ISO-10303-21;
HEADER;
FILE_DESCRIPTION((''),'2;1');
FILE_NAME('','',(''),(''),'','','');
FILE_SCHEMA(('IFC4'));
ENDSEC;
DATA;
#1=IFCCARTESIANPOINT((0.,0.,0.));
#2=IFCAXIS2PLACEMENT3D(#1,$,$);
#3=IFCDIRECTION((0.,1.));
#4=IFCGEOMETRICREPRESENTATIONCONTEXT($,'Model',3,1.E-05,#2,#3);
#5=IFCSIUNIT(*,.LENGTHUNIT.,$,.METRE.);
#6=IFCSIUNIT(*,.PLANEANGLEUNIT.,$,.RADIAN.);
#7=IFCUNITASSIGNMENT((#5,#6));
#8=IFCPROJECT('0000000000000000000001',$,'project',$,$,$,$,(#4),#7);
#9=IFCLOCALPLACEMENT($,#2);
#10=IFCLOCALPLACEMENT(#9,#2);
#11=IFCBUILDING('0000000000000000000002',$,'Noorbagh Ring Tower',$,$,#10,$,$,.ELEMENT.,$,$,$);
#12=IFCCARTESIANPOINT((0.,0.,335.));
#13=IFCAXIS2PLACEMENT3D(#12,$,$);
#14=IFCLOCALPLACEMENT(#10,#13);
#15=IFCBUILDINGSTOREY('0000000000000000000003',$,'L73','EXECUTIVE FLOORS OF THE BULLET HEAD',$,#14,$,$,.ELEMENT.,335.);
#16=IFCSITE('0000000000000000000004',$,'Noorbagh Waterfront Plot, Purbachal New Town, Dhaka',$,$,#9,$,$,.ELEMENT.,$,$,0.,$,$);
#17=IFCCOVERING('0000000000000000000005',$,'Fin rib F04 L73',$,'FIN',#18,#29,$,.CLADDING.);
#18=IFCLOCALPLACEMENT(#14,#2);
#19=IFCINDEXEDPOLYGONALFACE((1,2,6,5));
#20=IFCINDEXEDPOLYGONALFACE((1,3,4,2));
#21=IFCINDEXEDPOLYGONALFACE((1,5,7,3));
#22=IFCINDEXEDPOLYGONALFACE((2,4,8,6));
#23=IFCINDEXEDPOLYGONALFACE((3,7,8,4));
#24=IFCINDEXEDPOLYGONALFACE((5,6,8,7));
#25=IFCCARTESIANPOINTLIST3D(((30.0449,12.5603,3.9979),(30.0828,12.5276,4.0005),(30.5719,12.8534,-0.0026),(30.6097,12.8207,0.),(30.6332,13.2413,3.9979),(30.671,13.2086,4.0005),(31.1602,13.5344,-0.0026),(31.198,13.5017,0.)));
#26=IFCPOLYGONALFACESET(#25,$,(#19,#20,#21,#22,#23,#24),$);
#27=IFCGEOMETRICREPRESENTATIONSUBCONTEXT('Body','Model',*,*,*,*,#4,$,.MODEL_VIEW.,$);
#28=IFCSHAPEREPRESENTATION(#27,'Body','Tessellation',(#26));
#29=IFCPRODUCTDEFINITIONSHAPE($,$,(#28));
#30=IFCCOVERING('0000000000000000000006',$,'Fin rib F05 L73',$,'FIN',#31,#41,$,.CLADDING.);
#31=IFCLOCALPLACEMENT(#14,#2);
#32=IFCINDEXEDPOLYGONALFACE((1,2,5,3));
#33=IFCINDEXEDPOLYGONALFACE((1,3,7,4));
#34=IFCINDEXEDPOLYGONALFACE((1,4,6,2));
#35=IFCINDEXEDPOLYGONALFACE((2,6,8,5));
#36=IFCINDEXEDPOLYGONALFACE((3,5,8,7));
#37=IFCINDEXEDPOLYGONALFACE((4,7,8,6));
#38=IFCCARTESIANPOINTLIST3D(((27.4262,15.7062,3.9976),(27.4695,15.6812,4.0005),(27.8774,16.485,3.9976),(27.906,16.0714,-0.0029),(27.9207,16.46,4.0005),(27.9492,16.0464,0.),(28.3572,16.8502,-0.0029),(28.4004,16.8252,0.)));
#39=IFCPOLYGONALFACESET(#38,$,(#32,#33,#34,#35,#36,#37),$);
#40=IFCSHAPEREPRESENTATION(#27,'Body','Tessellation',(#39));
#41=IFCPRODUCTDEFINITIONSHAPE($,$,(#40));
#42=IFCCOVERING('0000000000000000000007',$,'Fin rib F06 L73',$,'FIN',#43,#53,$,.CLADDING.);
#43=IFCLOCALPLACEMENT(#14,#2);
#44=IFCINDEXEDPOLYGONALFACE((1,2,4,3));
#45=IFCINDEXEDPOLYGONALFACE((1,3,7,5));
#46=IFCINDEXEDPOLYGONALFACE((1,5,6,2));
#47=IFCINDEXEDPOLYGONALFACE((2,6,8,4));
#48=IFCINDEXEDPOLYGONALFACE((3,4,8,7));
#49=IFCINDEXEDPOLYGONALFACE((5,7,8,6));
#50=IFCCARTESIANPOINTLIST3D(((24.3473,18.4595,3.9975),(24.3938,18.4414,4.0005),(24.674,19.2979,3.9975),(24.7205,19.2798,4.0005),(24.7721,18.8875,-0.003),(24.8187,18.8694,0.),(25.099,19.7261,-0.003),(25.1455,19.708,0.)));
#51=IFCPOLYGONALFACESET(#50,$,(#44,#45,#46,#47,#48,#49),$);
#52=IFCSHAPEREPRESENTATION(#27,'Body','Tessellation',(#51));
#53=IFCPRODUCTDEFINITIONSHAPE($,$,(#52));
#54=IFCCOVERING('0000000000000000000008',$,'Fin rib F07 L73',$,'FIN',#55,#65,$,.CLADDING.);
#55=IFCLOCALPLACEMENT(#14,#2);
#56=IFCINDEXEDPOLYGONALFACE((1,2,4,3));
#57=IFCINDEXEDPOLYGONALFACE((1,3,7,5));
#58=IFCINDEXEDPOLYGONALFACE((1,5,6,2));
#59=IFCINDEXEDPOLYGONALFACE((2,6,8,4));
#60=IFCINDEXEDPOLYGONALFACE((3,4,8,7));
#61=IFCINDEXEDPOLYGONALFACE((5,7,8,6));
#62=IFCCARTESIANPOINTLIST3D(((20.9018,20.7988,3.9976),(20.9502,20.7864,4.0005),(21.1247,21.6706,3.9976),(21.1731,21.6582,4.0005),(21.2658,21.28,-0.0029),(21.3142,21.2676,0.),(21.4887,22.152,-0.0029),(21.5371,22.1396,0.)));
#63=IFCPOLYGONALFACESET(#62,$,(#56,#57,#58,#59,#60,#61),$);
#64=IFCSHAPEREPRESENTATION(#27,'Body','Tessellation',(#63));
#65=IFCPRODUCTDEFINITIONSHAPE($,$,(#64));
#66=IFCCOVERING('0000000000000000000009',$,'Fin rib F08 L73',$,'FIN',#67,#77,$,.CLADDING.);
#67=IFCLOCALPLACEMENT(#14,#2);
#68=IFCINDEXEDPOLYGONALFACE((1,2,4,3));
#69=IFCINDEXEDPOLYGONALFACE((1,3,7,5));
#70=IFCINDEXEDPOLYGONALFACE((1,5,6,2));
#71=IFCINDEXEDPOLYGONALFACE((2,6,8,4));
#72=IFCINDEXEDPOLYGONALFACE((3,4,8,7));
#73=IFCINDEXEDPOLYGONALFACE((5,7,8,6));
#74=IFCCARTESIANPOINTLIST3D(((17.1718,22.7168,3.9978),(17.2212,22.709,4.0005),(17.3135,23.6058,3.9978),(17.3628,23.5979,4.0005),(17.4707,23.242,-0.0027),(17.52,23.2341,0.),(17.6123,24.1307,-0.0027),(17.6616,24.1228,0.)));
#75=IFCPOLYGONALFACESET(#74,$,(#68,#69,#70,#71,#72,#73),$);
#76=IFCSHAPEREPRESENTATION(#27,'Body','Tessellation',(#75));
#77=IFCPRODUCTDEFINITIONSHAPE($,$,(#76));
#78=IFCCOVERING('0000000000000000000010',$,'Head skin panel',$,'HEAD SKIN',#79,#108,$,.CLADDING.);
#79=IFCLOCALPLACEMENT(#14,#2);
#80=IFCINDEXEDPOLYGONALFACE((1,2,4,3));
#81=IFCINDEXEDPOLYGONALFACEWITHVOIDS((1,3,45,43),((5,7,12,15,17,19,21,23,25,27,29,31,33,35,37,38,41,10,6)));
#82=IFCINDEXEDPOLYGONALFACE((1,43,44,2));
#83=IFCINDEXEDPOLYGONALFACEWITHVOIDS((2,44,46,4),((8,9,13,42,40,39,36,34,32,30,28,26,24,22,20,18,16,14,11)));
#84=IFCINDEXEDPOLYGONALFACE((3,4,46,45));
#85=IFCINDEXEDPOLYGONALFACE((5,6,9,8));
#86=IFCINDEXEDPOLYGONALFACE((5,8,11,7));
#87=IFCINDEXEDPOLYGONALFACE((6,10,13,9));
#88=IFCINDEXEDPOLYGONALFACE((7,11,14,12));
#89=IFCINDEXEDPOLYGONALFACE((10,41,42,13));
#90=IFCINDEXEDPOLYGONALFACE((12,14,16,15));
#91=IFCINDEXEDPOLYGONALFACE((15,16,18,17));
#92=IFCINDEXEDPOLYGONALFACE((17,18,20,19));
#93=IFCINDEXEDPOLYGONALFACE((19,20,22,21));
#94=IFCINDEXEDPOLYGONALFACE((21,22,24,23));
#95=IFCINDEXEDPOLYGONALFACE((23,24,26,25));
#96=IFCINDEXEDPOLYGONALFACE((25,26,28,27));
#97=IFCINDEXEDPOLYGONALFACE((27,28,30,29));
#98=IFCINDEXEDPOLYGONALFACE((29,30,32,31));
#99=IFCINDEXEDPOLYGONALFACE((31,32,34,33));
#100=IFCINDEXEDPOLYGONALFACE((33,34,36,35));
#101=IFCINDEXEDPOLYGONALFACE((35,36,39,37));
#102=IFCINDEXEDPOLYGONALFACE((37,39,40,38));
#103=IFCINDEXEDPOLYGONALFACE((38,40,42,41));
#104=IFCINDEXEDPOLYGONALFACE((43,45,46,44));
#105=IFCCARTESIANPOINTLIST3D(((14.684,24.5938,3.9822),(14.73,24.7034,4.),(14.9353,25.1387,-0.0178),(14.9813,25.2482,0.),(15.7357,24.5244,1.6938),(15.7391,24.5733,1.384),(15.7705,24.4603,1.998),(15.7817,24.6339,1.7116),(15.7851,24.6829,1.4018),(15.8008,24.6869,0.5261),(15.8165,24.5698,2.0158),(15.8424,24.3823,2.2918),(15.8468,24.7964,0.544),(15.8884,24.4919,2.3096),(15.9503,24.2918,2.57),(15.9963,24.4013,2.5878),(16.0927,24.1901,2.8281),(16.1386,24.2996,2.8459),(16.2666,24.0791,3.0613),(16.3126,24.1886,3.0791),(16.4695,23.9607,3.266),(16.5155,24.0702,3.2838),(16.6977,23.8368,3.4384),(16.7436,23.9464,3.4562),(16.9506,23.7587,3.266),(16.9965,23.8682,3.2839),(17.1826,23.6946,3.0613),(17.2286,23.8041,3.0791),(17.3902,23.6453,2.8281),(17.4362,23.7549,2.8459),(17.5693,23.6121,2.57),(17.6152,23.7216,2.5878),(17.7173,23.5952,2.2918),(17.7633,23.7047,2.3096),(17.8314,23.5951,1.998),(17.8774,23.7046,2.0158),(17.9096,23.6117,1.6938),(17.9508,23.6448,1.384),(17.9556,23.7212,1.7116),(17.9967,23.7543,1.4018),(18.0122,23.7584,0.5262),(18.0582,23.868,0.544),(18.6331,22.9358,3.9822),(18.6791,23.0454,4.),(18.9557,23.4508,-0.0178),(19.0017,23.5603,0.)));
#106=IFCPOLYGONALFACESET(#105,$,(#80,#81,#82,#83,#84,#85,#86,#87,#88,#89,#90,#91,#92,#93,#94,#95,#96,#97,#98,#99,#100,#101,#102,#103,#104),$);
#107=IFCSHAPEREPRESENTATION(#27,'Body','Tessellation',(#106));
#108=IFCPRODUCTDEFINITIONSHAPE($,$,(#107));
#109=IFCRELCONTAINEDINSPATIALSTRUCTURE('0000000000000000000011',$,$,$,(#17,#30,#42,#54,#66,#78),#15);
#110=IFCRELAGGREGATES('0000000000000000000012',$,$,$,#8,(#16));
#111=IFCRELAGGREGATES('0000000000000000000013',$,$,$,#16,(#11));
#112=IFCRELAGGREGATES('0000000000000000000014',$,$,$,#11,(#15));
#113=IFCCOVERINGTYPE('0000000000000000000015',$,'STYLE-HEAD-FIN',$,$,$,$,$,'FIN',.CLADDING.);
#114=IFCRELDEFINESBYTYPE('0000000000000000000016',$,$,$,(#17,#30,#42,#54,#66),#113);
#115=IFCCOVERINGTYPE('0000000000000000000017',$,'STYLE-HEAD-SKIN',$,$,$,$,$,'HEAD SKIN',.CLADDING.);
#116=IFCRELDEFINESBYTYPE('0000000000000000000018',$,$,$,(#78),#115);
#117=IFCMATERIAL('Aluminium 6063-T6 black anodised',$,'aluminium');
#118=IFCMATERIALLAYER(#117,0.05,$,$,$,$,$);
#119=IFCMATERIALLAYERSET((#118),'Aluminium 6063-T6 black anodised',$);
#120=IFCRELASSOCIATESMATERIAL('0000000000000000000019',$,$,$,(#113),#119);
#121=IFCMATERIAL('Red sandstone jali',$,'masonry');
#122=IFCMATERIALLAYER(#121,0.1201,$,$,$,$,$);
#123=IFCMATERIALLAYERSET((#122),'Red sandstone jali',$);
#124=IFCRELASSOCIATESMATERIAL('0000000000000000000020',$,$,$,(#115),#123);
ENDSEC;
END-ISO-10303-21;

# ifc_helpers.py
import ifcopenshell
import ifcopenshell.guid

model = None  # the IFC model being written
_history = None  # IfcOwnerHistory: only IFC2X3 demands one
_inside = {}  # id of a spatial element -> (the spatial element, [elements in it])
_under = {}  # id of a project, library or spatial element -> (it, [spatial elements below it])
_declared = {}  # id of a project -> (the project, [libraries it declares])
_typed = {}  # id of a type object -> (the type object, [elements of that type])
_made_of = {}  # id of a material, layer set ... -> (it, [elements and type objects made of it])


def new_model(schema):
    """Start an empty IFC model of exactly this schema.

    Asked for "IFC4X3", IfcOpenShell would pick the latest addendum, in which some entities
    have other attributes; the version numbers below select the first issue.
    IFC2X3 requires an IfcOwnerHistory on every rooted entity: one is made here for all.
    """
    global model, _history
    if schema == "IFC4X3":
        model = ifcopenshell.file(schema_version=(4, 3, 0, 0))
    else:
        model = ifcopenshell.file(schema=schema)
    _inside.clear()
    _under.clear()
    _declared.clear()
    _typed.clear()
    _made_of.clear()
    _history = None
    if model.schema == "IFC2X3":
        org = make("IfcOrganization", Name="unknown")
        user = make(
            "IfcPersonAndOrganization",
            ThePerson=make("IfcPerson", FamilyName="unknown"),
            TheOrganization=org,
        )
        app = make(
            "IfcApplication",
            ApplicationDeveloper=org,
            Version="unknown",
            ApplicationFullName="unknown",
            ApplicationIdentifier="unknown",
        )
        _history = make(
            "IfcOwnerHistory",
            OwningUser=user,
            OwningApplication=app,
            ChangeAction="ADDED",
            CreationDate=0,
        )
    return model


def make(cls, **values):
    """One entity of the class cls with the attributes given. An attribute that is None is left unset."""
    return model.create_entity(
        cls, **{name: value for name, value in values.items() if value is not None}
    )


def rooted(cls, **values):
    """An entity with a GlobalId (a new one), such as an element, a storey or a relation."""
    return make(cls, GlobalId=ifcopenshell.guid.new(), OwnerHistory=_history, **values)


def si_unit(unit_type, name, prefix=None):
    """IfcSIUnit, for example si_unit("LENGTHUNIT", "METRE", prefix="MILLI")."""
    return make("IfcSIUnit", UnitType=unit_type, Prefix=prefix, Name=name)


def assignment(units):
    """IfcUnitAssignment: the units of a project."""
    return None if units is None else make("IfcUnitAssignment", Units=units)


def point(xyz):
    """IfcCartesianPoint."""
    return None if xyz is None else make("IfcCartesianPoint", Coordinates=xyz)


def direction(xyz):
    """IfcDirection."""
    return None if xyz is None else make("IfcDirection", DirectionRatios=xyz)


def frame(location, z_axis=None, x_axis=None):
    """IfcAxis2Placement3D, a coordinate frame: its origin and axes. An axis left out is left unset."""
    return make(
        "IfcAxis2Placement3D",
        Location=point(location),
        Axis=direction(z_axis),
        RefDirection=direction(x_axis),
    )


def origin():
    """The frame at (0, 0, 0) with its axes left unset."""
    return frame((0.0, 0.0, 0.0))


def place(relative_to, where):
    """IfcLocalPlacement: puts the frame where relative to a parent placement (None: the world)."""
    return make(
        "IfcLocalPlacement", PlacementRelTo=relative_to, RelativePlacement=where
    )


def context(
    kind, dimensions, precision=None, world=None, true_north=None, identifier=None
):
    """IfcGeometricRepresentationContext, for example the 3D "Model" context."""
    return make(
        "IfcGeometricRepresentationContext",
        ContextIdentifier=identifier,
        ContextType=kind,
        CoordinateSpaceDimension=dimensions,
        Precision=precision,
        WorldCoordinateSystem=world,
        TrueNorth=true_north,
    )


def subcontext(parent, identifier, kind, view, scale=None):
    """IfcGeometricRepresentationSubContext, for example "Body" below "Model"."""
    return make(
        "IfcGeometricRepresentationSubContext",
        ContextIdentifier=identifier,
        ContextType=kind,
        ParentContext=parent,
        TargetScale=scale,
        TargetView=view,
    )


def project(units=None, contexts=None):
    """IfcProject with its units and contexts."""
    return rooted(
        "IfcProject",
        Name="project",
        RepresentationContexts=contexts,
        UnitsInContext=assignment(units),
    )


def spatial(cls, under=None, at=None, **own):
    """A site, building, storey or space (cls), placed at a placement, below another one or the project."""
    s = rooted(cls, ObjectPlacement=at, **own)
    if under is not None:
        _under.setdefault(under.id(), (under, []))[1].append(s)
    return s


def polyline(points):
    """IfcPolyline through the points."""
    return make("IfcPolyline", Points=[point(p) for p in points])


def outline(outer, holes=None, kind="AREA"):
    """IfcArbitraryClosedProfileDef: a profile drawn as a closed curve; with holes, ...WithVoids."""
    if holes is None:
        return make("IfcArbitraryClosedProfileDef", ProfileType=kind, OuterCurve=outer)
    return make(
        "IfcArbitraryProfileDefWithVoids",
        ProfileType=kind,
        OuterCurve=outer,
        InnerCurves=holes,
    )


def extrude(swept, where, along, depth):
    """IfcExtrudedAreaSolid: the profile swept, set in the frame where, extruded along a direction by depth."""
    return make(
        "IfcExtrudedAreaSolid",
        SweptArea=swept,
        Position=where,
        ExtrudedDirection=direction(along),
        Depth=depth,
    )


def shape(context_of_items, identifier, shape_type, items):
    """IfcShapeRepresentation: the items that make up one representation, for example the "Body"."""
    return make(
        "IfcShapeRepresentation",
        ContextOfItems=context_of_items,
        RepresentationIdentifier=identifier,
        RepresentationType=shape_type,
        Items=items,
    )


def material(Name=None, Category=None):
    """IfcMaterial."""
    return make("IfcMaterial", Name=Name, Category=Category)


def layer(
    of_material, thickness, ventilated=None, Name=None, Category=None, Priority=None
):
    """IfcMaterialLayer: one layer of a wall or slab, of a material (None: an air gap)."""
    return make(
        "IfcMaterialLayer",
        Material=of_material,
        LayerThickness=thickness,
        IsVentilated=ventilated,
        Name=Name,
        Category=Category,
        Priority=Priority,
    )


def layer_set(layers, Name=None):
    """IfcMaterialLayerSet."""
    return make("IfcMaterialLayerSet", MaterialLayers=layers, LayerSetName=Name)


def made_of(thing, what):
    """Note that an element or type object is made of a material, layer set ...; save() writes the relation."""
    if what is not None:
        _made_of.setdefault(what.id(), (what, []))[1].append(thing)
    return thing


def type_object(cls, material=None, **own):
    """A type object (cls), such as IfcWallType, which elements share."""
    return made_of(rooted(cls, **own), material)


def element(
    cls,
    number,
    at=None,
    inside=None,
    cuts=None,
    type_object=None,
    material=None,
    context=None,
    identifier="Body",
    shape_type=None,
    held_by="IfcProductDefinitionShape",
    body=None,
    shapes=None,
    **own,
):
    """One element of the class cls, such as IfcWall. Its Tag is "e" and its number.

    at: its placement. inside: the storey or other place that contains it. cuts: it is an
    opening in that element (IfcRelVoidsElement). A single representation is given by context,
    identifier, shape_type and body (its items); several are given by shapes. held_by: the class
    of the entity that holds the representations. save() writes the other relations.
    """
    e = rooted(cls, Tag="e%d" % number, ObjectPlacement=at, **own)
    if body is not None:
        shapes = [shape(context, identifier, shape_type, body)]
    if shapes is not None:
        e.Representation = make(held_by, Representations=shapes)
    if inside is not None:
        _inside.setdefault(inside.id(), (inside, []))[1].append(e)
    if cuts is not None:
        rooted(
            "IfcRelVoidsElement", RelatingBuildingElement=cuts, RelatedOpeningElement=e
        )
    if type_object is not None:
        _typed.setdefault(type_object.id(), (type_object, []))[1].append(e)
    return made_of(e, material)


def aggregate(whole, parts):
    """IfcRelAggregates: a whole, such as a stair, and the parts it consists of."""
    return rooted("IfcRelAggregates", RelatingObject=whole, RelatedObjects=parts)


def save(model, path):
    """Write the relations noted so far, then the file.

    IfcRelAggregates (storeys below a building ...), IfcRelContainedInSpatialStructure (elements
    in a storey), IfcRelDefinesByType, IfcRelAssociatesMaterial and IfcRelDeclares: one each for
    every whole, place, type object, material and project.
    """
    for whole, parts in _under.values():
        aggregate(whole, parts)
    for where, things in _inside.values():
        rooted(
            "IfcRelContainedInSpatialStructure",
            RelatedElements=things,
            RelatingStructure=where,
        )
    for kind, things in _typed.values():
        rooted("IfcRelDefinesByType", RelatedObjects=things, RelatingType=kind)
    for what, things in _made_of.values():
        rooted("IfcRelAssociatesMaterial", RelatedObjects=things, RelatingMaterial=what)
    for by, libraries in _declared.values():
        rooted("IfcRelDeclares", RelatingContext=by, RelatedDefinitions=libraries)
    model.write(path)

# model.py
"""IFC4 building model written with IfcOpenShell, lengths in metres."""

from ifc_helpers import new_model, si_unit, direction, frame, origin, place, context, subcontext, project, spatial, polyline, outline, extrude, material, layer, layer_set, type_object, element, save


model = new_model("IFC4")

# Units and contexts
model_context = context("Model", 3, precision=1e-05, world=origin(), true_north=direction((0.0, 1.0)))
body_context = subcontext(model_context, "Body", "Model", "MODEL_VIEW")
ifc_project = project(units=[si_unit("LENGTHUNIT", "METRE"), si_unit("PLANEANGLEUNIT", "RADIAN")], contexts=[model_context])

# Site, building, storey
site_placement = place(None, origin())
site = spatial("IfcSite", under=ifc_project, at=site_placement, Name="Noorbagh Waterfront Plot, Purbachal New Town, Dhaka", CompositionType="ELEMENT", RefElevation=0.0)
building_placement = place(site_placement, origin())
building = spatial("IfcBuilding", under=site, at=building_placement, Name="Noorbagh Ring Tower", CompositionType="ELEMENT")
storey_placement = place(building_placement, frame((0.0, 0.0, 335.0)))
storey = spatial("IfcBuildingStorey", under=building, at=storey_placement, Name="L73", Description="EXECUTIVE FLOORS OF THE BULLET HEAD", CompositionType="ELEMENT", Elevation=335.0)

# Coverings
ifc_material_1 = material(Name="Aluminium 6063-T6 black anodised", Category="aluminium")
ifc_layer_1 = layer(ifc_material_1, 0.05)
ifc_layer_set_1 = layer_set([ifc_layer_1], Name="Aluminium 6063-T6 black anodised")
covering_type_1 = type_object("IfcCoveringType", Name="STYLE-HEAD-FIN", ElementType="FIN", PredefinedType="CLADDING", material=ifc_layer_set_1)
covering_1_placement = place(storey_placement, frame((31.198, 13.5017, 0.0), z_axis=(0.755758, -0.652805, 0.051728), x_axis=(-0.130255, -0.072443, 0.98883)))
element("IfcCovering", 1, at=covering_1_placement, inside=storey, type_object=covering_type_1, Name="Fin rib F04 L73", ObjectType="FIN", PredefinedType="CLADDING", context=body_context, shape_type="SweptSolid", body=[
    extrude(outline(polyline([(0.0, 0.0), (4.0457, 0.0), (4.1716, 0.8911), (0.126, 0.891), (0.0, 0.0)])), origin(), (0.0, 0.0, -1.0), 0.05),
])
covering_2_placement = place(storey_placement, frame((28.4004, 16.8252, 0.0), z_axis=(0.863838, -0.50043, 0.057903), x_axis=(-0.11858, -0.090278, 0.988832)))
element("IfcCovering", 2, at=covering_2_placement, inside=storey, type_object=covering_type_1, Name="Fin rib F05 L73", ObjectType="FIN", PredefinedType="CLADDING", context=body_context, shape_type="SweptSolid", body=[
    extrude(outline(polyline([(0.0, 0.0), (4.0457, 0.0), (4.1695, 0.8915), (0.1238, 0.8915), (0.0, 0.0)])), origin(), (0.0, 0.0, -1.0), 0.05),
])
covering_3_placement = place(storey_placement, frame((25.1455, 19.708, 0.0), z_axis=(0.930063, -0.362466, 0.060002), x_axis=(-0.105045, -0.105852, 0.988818)))
element("IfcCovering", 3, at=covering_3_placement, inside=storey, type_object=covering_type_1, Name="Fin rib F06 L73", ObjectType="FIN", PredefinedType="CLADDING", context=body_context, shape_type="SweptSolid", body=[
    extrude(outline(polyline([(0.0, 0.0), (4.0457, 0.0), (4.1688, 0.8913), (0.1231, 0.8916), (0.0, 0.0)])), origin(), (0.0, 0.0, -1.0), 0.05),
])
covering_4_placement = place(storey_placement, frame((21.5371, 22.1396, 0.0), z_axis=(0.967199, -0.24725, 0.05826), x_axis=(-0.089981, -0.118998, 0.988809)))
element("IfcCovering", 4, at=covering_4_placement, inside=storey, type_object=covering_type_1, Name="Fin rib F07 L73", ObjectType="FIN", PredefinedType="CLADDING", context=body_context, shape_type="SweptSolid", body=[
    extrude(outline(polyline([(0.0, 0.0), (4.0458, 0.0), (4.1696, 0.8913), (0.1238, 0.8915), (0.0, 0.0)])), origin(), (0.0, 0.0, -1.0), 0.05),
])
covering_5_placement = place(storey_placement, frame((17.6616, 24.1228, 0.0), z_axis=(0.986155, -0.157113, 0.053044), x_axis=(-0.073856, -0.12974, 0.988794)))
element("IfcCovering", 5, at=covering_5_placement, inside=storey, type_object=covering_type_1, Name="Fin rib F08 L73", ObjectType="FIN", PredefinedType="CLADDING", context=body_context, shape_type="SweptSolid", body=[
    extrude(outline(polyline([(0.0, 0.0), (4.0458, 0.0), (4.1716, 0.8913), (0.1258, 0.8911), (0.0, 0.0)])), origin(), (0.0, 0.0, -1.0), 0.05),
])
ifc_material_2 = material(Name="Red sandstone jali", Category="masonry")
ifc_layer_2 = layer(ifc_material_2, 0.1201)
ifc_layer_set_2 = layer_set([ifc_layer_2], Name="Red sandstone jali")
covering_type_2 = type_object("IfcCoveringType", Name="STYLE-HEAD-SKIN", ElementType="HEAD SKIN", PredefinedType="CLADDING", material=ifc_layer_set_2)
covering_6_placement = place(storey_placement, frame((19.0017, 23.5603, 0.0), z_axis=(0.382833, 0.911843, 0.148265), x_axis=(-0.922033, 0.387111, -0.000003)))
element("IfcCovering", 6, at=covering_6_placement, inside=storey, type_object=covering_type_2, Name="Head skin panel", ObjectType="HEAD SKIN", PredefinedType="CLADDING", context=body_context, shape_type="SweptSolid", body=[
    extrude(outline(polyline([(0.0, 0.0), (4.3604, 0.0), (4.3811, 4.0447), (0.0981, 4.0447), (0.0, 0.0)]), holes=[polyline([(0.989, 0.55), (1.0017, 1.4175), (1.0269, 1.7307), (1.0925, 2.0383), (1.1978, 2.3354), (1.3408, 2.6167), (1.5188, 2.8777), (1.7292, 3.1135), (1.968, 3.3206), (2.2314, 3.4949), (2.4897, 3.3206), (2.7227, 3.1135), (2.926, 2.8777), (3.0967, 2.6167), (3.2312, 2.3354), (3.3276, 2.0383), (3.3845, 1.7307), (3.4004, 1.4175), (3.3875, 0.55), (0.989, 0.55)])]), origin(), (0.0, 0.0, -1.0), 0.1201),
])

save(model, "model.ifc")
